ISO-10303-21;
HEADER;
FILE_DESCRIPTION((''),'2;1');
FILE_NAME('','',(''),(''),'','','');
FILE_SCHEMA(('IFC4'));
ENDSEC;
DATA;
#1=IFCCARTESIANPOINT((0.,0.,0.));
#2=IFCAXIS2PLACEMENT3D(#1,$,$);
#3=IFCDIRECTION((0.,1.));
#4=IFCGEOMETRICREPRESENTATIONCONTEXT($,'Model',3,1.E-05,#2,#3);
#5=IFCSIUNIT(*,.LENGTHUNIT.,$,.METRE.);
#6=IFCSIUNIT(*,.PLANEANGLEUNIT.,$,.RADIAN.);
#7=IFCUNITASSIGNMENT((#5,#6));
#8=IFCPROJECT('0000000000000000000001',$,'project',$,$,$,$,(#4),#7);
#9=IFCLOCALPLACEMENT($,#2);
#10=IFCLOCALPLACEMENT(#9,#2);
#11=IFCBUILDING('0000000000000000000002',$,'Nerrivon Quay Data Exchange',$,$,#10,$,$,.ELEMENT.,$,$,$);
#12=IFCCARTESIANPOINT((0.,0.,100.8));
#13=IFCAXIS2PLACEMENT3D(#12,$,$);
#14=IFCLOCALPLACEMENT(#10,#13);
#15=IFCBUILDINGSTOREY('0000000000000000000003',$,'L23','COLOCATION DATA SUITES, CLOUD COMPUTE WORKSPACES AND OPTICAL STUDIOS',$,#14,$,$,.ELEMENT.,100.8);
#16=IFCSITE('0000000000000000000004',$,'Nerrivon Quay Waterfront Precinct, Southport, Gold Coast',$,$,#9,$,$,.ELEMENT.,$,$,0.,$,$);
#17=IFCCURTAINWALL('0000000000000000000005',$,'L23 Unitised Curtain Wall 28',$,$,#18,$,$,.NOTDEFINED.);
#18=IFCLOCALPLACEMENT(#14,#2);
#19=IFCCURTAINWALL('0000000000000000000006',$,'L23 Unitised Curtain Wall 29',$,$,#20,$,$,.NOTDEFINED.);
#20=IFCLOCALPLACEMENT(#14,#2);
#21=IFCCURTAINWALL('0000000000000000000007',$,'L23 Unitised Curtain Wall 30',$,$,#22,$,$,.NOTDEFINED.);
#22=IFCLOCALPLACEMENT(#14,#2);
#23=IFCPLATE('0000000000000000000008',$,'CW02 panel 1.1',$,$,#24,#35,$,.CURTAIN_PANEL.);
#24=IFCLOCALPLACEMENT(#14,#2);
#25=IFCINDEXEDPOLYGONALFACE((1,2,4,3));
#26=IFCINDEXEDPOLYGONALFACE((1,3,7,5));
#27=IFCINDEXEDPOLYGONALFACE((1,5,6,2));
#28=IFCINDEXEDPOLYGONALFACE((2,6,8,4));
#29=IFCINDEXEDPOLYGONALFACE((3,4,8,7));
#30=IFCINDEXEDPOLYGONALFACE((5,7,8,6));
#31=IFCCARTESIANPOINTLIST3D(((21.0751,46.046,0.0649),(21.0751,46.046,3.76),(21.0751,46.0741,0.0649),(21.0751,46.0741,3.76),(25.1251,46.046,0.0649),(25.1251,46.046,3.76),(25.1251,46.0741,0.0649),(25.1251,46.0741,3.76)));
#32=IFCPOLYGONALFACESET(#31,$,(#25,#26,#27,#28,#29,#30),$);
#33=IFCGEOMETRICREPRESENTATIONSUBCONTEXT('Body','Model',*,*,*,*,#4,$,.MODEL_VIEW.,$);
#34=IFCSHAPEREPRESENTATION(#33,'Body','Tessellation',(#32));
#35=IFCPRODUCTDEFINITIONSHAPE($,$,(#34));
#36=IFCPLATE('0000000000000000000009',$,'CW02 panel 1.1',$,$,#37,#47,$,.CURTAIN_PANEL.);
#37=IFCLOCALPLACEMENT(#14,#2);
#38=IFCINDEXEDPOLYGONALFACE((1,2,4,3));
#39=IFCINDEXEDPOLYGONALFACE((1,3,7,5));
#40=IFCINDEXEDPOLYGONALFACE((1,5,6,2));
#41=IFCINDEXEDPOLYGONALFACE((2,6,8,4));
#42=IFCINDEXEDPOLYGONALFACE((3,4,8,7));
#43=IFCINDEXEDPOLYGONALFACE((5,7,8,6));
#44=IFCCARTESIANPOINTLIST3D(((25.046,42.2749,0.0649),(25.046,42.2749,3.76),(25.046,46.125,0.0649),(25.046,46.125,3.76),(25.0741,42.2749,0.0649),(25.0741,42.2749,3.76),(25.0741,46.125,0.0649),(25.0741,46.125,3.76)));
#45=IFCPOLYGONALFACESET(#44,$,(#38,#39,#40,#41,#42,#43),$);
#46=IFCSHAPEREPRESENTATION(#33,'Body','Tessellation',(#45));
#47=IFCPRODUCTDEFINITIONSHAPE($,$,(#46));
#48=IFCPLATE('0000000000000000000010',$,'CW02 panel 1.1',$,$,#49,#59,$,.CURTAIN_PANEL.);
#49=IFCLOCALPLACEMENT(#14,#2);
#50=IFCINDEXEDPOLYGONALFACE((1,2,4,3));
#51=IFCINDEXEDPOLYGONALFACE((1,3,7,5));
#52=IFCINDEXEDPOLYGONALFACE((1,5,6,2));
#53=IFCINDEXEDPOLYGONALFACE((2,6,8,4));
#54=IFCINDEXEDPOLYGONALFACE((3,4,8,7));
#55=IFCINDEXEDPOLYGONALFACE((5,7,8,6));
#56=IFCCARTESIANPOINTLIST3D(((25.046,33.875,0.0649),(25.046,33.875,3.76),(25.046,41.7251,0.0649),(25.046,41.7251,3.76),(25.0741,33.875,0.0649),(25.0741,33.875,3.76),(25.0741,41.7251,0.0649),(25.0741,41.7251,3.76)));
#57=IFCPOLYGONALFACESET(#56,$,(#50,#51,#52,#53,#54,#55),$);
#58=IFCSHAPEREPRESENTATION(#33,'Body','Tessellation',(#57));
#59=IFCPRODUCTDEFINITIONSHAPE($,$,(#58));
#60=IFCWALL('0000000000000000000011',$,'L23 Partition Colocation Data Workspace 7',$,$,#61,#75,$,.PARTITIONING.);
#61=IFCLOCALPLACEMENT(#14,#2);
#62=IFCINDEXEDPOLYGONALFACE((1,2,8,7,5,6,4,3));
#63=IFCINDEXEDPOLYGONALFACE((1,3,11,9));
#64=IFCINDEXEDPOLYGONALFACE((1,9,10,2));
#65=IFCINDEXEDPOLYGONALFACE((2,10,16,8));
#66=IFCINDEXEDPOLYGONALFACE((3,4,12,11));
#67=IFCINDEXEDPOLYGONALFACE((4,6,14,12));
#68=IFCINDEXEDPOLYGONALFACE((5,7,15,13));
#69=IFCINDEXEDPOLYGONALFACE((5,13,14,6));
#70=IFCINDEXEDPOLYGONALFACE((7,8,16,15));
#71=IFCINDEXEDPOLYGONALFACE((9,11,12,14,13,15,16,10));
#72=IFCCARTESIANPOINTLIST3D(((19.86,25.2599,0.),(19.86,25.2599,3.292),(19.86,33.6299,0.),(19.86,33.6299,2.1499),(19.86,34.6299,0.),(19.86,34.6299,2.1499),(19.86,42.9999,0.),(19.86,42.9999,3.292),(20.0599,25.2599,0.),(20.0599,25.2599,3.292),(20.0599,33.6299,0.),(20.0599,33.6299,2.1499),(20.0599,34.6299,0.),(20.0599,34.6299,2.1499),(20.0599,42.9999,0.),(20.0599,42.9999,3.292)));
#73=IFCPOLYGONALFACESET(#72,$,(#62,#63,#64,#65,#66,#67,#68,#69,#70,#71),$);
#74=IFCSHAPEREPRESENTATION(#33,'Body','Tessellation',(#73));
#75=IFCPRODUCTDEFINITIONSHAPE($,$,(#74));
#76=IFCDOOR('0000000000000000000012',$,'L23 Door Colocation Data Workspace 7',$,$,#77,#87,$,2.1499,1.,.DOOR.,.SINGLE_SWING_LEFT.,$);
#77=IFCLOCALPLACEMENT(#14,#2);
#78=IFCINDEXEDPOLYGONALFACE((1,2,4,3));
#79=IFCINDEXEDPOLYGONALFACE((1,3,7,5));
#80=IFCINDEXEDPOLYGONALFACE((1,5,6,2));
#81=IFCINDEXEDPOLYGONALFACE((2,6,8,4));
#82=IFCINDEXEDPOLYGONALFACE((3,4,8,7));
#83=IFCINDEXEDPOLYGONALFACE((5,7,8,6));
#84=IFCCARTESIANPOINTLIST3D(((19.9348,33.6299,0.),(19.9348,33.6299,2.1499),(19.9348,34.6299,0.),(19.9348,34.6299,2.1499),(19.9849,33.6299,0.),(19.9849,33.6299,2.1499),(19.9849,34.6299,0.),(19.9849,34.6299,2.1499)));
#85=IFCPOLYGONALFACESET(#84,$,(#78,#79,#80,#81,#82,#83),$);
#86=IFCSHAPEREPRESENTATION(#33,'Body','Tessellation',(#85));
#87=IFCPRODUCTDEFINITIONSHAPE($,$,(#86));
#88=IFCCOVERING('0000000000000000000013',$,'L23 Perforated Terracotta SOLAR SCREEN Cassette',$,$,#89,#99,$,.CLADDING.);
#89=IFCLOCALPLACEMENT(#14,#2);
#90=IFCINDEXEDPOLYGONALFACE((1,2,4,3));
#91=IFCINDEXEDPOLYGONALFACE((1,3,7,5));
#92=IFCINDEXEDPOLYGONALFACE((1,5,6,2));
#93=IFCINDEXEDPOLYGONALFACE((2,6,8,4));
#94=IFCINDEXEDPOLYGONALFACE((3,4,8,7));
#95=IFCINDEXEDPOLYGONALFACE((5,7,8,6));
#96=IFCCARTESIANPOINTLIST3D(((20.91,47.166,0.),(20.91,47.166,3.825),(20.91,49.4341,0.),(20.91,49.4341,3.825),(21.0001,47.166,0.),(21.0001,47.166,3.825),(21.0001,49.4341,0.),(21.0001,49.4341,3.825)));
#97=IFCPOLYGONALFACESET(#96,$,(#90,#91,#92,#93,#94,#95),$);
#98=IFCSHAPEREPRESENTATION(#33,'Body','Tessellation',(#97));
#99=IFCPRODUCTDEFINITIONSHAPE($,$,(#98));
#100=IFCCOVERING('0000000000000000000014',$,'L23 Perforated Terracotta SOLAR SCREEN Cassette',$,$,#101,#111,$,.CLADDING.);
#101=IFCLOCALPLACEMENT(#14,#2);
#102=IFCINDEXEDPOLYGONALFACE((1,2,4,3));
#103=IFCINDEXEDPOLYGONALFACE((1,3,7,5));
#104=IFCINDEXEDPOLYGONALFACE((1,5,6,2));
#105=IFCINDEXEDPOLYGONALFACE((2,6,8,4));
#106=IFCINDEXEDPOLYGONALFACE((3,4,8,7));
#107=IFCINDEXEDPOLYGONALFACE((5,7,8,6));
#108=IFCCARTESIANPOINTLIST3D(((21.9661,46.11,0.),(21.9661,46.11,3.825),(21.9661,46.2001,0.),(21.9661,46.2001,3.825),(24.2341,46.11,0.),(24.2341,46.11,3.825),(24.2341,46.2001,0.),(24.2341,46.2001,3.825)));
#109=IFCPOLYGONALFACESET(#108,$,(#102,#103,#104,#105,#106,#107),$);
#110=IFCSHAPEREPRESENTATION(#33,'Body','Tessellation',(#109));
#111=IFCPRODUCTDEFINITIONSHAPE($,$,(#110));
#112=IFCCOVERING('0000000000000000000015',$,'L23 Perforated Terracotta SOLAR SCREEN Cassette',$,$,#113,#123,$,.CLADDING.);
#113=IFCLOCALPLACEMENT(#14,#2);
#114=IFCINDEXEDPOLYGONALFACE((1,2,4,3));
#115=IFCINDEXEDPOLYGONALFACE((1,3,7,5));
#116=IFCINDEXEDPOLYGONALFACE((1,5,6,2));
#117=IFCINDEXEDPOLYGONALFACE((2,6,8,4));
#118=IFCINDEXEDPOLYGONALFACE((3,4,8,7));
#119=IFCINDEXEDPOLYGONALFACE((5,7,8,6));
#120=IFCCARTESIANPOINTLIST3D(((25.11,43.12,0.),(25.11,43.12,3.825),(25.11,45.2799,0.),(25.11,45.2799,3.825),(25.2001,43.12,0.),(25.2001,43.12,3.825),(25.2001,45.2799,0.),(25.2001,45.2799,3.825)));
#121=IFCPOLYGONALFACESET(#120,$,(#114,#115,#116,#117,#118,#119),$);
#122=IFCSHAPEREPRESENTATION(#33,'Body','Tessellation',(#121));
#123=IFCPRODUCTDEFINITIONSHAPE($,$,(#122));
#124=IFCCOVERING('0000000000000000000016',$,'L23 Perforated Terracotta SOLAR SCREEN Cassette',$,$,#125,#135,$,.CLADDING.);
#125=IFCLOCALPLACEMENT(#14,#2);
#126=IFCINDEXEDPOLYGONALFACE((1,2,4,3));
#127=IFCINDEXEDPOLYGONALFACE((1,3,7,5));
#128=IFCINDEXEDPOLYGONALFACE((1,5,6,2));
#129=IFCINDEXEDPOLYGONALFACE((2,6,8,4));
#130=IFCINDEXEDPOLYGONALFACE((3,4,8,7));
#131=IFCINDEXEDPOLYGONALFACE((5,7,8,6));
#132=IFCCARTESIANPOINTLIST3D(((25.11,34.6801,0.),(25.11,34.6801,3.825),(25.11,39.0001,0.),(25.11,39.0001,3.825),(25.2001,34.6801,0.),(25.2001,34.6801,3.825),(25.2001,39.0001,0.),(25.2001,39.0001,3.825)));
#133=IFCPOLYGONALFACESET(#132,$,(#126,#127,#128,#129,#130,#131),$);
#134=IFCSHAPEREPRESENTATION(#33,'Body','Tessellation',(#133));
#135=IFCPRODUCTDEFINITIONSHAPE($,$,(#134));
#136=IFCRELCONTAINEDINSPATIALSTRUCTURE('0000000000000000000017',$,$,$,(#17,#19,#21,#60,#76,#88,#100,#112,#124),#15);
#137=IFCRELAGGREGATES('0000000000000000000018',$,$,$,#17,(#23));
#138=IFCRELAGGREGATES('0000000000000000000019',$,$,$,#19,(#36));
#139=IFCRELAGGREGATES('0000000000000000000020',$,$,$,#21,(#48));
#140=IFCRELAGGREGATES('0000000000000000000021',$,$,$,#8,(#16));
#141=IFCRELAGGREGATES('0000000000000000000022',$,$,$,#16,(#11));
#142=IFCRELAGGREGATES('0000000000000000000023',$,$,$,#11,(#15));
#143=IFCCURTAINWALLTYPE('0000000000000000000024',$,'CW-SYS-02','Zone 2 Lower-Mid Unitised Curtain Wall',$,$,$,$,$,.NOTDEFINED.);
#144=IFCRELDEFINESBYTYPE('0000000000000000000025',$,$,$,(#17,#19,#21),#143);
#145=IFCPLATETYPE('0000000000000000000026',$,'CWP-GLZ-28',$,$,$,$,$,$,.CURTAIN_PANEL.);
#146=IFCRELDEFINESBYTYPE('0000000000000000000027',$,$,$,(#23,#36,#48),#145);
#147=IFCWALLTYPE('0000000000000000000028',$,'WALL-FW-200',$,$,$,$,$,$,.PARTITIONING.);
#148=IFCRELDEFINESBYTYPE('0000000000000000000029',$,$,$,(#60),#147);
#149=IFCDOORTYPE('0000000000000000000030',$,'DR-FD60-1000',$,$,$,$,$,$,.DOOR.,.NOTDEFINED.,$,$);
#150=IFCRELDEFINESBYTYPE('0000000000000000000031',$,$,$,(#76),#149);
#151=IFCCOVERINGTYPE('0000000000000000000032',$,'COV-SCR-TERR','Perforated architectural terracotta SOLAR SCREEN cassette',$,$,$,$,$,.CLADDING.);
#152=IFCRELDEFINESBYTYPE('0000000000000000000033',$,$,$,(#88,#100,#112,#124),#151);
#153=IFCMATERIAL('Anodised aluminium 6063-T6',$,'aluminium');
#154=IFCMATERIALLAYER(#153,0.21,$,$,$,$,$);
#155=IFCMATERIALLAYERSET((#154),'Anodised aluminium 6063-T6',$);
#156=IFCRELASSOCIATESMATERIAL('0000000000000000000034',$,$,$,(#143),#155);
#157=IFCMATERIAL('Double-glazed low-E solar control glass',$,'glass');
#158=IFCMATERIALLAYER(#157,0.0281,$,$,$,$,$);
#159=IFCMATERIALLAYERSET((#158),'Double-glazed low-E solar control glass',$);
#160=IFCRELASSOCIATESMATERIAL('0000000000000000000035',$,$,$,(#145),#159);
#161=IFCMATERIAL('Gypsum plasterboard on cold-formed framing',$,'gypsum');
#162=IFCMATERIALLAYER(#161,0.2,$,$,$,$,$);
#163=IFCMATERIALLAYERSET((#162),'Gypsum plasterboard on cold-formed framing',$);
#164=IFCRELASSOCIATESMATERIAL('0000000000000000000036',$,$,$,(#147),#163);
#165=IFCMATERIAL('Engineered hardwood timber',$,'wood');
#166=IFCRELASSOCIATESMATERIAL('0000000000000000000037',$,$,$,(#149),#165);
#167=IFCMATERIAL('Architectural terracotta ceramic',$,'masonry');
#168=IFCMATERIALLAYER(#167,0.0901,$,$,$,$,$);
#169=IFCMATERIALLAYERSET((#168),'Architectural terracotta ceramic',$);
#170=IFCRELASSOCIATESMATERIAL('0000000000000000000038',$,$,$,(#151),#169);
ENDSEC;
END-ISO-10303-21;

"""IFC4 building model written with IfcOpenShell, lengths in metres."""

from ifc_helpers import new_model, si_unit, direction, frame, frame_2d, origin, origin_2d, place, context, subcontext, project, spatial, rectangle, extrude, material, layer, layer_set, type_object, element, fill, aggregate, save


model = new_model("IFC4")

# Units and contexts
model_context = context("Model", 3, precision=1e-05, world=origin(), true_north=direction((0.0, 1.0)))
body_context = subcontext(model_context, "Body", "Model", "MODEL_VIEW")
ifc_project = project(units=[si_unit("LENGTHUNIT", "METRE"), si_unit("PLANEANGLEUNIT", "RADIAN")], contexts=[model_context])

# Site, building, storey
site_placement = place(None, origin())
site = spatial("IfcSite", under=ifc_project, at=site_placement, Name="Nerrivon Quay Waterfront Precinct, Southport, Gold Coast", CompositionType="ELEMENT", RefElevation=0.0)
building_placement = place(site_placement, origin())
building = spatial("IfcBuilding", under=site, at=building_placement, Name="Nerrivon Quay Data Exchange", CompositionType="ELEMENT")
storey_placement = place(building_placement, frame((0.0, 0.0, 100.8)))
storey = spatial("IfcBuildingStorey", under=building, at=storey_placement, Name="L23", Description="COLOCATION DATA SUITES, CLOUD COMPUTE WORKSPACES AND OPTICAL STUDIOS", CompositionType="ELEMENT", Elevation=100.8)

# Shared definitions
ifc_material_1 = material(Name="Anodised aluminium 6063-T6", Category="aluminium")
ifc_layer_1 = layer(ifc_material_1, 0.21)
ifc_layer_set_1 = layer_set([ifc_layer_1], Name="Anodised aluminium 6063-T6")
curtain_wall_type = type_object("IfcCurtainWallType", Name="CW-SYS-02", Description="Zone 2 Lower-Mid Unitised Curtain Wall", PredefinedType="NOTDEFINED", material=ifc_layer_set_1)

# Curtain walls
curtain_wall_1_placement = place(storey_placement, origin())
curtain_wall_1 = element("IfcCurtainWall", 1, at=curtain_wall_1_placement, inside=storey, type_object=curtain_wall_type, Name="L23 Unitised Curtain Wall 28", PredefinedType="NOTDEFINED")
curtain_wall_2_placement = place(storey_placement, origin())
curtain_wall_2 = element("IfcCurtainWall", 2, at=curtain_wall_2_placement, inside=storey, type_object=curtain_wall_type, Name="L23 Unitised Curtain Wall 29", PredefinedType="NOTDEFINED")
curtain_wall_3_placement = place(storey_placement, origin())
curtain_wall_3 = element("IfcCurtainWall", 3, at=curtain_wall_3_placement, inside=storey, type_object=curtain_wall_type, Name="L23 Unitised Curtain Wall 30", PredefinedType="NOTDEFINED")

# Plates
ifc_material_2 = material(Name="Double-glazed low-E solar control glass", Category="glass")
ifc_layer_2 = layer(ifc_material_2, 0.0281)
ifc_layer_set_2 = layer_set([ifc_layer_2], Name="Double-glazed low-E solar control glass")
plate_type = type_object("IfcPlateType", Name="CWP-GLZ-28", PredefinedType="CURTAIN_PANEL", material=ifc_layer_set_2)
plate_1_placement = place(storey_placement, frame((23.1001, 46.0601, 0.0649), z_axis=(0.0, 0.0, 1.0), x_axis=(1.0, 0.0, 0.0)))
plate_1 = element("IfcPlate", 4, at=plate_1_placement, type_object=plate_type, Name="CW02 panel 1.1", PredefinedType="CURTAIN_PANEL", context=body_context, shape_type="SweptSolid", body=[
    extrude(rectangle(XDim=4.05, YDim=0.0281, at=origin_2d()), origin(), (0.0, 0.0, 1.0), 3.6951),
])
aggregate(curtain_wall_1, [plate_1])
plate_2_placement = place(storey_placement, frame((25.0601, 44.2, 0.0649), z_axis=(0.0, 0.0, 1.0), x_axis=(0.0, -1.0, 0.0)))
plate_2 = element("IfcPlate", 5, at=plate_2_placement, type_object=plate_type, Name="CW02 panel 1.1", PredefinedType="CURTAIN_PANEL", context=body_context, shape_type="SweptSolid", body=[
    extrude(rectangle(XDim=3.8501, YDim=0.0281, at=origin_2d()), origin(), (0.0, 0.0, 1.0), 3.6951),
])
aggregate(curtain_wall_2, [plate_2])
plate_3_placement = place(storey_placement, frame((25.0601, 37.8, 0.0649), z_axis=(0.0, 0.0, 1.0), x_axis=(0.0, -1.0, 0.0)))
plate_3 = element("IfcPlate", 6, at=plate_3_placement, type_object=plate_type, Name="CW02 panel 1.1", PredefinedType="CURTAIN_PANEL", context=body_context, shape_type="SweptSolid", body=[
    extrude(rectangle(XDim=7.8501, YDim=0.0281, at=origin_2d()), origin(), (0.0, 0.0, 1.0), 3.6951),
])
aggregate(curtain_wall_3, [plate_3])

# Wall, opening, door
ifc_material_3 = material(Name="Gypsum plasterboard on cold-formed framing", Category="gypsum")
ifc_layer_3 = layer(ifc_material_3, 0.2)
ifc_layer_set_3 = layer_set([ifc_layer_3], Name="Gypsum plasterboard on cold-formed framing")
wall_type = type_object("IfcWallType", Name="WALL-FW-200", PredefinedType="PARTITIONING", material=ifc_layer_set_3)
wall_placement = place(storey_placement, frame((19.96, 43.0, 0.0), z_axis=(0.0, 0.0, 1.0), x_axis=(0.0, -1.0, 0.0)))
wall = element("IfcWall", 7, at=wall_placement, inside=storey, type_object=wall_type, Name="L23 Partition Colocation Data Workspace 7", PredefinedType="PARTITIONING", context=body_context, shape_type="SweptSolid", body=[
    extrude(rectangle(XDim=17.74, YDim=0.2, at=frame_2d((8.8701, 0.0))), origin(), (0.0, 0.0, 1.0), 3.292),
])
opening_placement = place(wall_placement, frame((8.3701, 0.0, 0.0)))
opening = element("IfcOpeningElement", 8, at=opening_placement, cuts=wall, PredefinedType="OPENING", context=body_context, shape_type="SweptSolid", body=[
    extrude(rectangle(XDim=1.0, YDim=2.1499, at=frame_2d((0.5, 1.075))), frame((0.0, 0.1099, 0.0), z_axis=(0.0, -1.0, 0.0), x_axis=(1.0, 0.0, 0.0)), (0.0, 0.0, 1.0), 0.22),
])
ifc_material_4 = material(Name="Engineered hardwood timber", Category="wood")
door_type = type_object("IfcDoorType", Name="DR-FD60-1000", OperationType="NOTDEFINED", PredefinedType="DOOR", material=ifc_material_4)
door_placement = place(opening_placement, origin())
door = element("IfcDoor", 9, at=door_placement, inside=storey, type_object=door_type, Name="L23 Door Colocation Data Workspace 7", OperationType="SINGLE_SWING_LEFT", OverallHeight=2.1499, OverallWidth=1.0, PredefinedType="DOOR", context=body_context, shape_type="SweptSolid", body=[
    extrude(rectangle(XDim=1.0, YDim=2.1499, at=frame_2d((0.5, 1.075))), frame((0.0, 0.0249, 0.0), z_axis=(0.0, -1.0, 0.0), x_axis=(1.0, 0.0, 0.0)), (0.0, 0.0, 1.0), 0.05),
])
fill(opening, door)

# Coverings
ifc_material_5 = material(Name="Architectural terracotta ceramic", Category="masonry")
ifc_layer_4 = layer(ifc_material_5, 0.0901)
ifc_layer_set_4 = layer_set([ifc_layer_4], Name="Architectural terracotta ceramic")
covering_type = type_object("IfcCoveringType", Name="COV-SCR-TERR", Description="Perforated architectural terracotta SOLAR SCREEN cassette", PredefinedType="CLADDING", material=ifc_layer_set_4)
for number, where, z_axis, x_axis, name in (
    (10, (20.9551, 48.3, 0.0), (0.0, 0.0, 1.0), (0.0, -1.0, 0.0), "L23 Perforated Terracotta SOLAR SCREEN Cassette"),
    (11, (23.1001, 46.155, 0.0), (0.0, 0.0, 1.0), (1.0, 0.0, 0.0), "L23 Perforated Terracotta SOLAR SCREEN Cassette"),
):
    element("IfcCovering", number, at=place(storey_placement, frame(where, z_axis=z_axis, x_axis=x_axis)), inside=storey, type_object=covering_type, Name=name, PredefinedType="CLADDING", context=body_context, shape_type="SweptSolid", body=[
        extrude(rectangle(XDim=2.2681, YDim=0.0901, at=origin_2d()), origin(), (0.0, 0.0, 1.0), 3.825),
    ])
covering_1_placement = place(storey_placement, frame((25.155, 44.2, 0.0), z_axis=(0.0, 0.0, 1.0), x_axis=(0.0, -1.0, 0.0)))
element("IfcCovering", 12, at=covering_1_placement, inside=storey, type_object=covering_type, Name="L23 Perforated Terracotta SOLAR SCREEN Cassette", PredefinedType="CLADDING", context=body_context, shape_type="SweptSolid", body=[
    extrude(rectangle(XDim=2.1599, YDim=0.0901, at=origin_2d()), origin(), (0.0, 0.0, 1.0), 3.825),
])
covering_2_placement = place(storey_placement, frame((25.155, 36.8401, 0.0), z_axis=(0.0, 0.0, 1.0), x_axis=(0.0, -1.0, 0.0)))
element("IfcCovering", 13, at=covering_2_placement, inside=storey, type_object=covering_type, Name="L23 Perforated Terracotta SOLAR SCREEN Cassette", PredefinedType="CLADDING", context=body_context, shape_type="SweptSolid", body=[
    extrude(rectangle(XDim=4.3201, YDim=0.0901, at=origin_2d()), origin(), (0.0, 0.0, 1.0), 3.825),
])

save(model, "model.ifc")
